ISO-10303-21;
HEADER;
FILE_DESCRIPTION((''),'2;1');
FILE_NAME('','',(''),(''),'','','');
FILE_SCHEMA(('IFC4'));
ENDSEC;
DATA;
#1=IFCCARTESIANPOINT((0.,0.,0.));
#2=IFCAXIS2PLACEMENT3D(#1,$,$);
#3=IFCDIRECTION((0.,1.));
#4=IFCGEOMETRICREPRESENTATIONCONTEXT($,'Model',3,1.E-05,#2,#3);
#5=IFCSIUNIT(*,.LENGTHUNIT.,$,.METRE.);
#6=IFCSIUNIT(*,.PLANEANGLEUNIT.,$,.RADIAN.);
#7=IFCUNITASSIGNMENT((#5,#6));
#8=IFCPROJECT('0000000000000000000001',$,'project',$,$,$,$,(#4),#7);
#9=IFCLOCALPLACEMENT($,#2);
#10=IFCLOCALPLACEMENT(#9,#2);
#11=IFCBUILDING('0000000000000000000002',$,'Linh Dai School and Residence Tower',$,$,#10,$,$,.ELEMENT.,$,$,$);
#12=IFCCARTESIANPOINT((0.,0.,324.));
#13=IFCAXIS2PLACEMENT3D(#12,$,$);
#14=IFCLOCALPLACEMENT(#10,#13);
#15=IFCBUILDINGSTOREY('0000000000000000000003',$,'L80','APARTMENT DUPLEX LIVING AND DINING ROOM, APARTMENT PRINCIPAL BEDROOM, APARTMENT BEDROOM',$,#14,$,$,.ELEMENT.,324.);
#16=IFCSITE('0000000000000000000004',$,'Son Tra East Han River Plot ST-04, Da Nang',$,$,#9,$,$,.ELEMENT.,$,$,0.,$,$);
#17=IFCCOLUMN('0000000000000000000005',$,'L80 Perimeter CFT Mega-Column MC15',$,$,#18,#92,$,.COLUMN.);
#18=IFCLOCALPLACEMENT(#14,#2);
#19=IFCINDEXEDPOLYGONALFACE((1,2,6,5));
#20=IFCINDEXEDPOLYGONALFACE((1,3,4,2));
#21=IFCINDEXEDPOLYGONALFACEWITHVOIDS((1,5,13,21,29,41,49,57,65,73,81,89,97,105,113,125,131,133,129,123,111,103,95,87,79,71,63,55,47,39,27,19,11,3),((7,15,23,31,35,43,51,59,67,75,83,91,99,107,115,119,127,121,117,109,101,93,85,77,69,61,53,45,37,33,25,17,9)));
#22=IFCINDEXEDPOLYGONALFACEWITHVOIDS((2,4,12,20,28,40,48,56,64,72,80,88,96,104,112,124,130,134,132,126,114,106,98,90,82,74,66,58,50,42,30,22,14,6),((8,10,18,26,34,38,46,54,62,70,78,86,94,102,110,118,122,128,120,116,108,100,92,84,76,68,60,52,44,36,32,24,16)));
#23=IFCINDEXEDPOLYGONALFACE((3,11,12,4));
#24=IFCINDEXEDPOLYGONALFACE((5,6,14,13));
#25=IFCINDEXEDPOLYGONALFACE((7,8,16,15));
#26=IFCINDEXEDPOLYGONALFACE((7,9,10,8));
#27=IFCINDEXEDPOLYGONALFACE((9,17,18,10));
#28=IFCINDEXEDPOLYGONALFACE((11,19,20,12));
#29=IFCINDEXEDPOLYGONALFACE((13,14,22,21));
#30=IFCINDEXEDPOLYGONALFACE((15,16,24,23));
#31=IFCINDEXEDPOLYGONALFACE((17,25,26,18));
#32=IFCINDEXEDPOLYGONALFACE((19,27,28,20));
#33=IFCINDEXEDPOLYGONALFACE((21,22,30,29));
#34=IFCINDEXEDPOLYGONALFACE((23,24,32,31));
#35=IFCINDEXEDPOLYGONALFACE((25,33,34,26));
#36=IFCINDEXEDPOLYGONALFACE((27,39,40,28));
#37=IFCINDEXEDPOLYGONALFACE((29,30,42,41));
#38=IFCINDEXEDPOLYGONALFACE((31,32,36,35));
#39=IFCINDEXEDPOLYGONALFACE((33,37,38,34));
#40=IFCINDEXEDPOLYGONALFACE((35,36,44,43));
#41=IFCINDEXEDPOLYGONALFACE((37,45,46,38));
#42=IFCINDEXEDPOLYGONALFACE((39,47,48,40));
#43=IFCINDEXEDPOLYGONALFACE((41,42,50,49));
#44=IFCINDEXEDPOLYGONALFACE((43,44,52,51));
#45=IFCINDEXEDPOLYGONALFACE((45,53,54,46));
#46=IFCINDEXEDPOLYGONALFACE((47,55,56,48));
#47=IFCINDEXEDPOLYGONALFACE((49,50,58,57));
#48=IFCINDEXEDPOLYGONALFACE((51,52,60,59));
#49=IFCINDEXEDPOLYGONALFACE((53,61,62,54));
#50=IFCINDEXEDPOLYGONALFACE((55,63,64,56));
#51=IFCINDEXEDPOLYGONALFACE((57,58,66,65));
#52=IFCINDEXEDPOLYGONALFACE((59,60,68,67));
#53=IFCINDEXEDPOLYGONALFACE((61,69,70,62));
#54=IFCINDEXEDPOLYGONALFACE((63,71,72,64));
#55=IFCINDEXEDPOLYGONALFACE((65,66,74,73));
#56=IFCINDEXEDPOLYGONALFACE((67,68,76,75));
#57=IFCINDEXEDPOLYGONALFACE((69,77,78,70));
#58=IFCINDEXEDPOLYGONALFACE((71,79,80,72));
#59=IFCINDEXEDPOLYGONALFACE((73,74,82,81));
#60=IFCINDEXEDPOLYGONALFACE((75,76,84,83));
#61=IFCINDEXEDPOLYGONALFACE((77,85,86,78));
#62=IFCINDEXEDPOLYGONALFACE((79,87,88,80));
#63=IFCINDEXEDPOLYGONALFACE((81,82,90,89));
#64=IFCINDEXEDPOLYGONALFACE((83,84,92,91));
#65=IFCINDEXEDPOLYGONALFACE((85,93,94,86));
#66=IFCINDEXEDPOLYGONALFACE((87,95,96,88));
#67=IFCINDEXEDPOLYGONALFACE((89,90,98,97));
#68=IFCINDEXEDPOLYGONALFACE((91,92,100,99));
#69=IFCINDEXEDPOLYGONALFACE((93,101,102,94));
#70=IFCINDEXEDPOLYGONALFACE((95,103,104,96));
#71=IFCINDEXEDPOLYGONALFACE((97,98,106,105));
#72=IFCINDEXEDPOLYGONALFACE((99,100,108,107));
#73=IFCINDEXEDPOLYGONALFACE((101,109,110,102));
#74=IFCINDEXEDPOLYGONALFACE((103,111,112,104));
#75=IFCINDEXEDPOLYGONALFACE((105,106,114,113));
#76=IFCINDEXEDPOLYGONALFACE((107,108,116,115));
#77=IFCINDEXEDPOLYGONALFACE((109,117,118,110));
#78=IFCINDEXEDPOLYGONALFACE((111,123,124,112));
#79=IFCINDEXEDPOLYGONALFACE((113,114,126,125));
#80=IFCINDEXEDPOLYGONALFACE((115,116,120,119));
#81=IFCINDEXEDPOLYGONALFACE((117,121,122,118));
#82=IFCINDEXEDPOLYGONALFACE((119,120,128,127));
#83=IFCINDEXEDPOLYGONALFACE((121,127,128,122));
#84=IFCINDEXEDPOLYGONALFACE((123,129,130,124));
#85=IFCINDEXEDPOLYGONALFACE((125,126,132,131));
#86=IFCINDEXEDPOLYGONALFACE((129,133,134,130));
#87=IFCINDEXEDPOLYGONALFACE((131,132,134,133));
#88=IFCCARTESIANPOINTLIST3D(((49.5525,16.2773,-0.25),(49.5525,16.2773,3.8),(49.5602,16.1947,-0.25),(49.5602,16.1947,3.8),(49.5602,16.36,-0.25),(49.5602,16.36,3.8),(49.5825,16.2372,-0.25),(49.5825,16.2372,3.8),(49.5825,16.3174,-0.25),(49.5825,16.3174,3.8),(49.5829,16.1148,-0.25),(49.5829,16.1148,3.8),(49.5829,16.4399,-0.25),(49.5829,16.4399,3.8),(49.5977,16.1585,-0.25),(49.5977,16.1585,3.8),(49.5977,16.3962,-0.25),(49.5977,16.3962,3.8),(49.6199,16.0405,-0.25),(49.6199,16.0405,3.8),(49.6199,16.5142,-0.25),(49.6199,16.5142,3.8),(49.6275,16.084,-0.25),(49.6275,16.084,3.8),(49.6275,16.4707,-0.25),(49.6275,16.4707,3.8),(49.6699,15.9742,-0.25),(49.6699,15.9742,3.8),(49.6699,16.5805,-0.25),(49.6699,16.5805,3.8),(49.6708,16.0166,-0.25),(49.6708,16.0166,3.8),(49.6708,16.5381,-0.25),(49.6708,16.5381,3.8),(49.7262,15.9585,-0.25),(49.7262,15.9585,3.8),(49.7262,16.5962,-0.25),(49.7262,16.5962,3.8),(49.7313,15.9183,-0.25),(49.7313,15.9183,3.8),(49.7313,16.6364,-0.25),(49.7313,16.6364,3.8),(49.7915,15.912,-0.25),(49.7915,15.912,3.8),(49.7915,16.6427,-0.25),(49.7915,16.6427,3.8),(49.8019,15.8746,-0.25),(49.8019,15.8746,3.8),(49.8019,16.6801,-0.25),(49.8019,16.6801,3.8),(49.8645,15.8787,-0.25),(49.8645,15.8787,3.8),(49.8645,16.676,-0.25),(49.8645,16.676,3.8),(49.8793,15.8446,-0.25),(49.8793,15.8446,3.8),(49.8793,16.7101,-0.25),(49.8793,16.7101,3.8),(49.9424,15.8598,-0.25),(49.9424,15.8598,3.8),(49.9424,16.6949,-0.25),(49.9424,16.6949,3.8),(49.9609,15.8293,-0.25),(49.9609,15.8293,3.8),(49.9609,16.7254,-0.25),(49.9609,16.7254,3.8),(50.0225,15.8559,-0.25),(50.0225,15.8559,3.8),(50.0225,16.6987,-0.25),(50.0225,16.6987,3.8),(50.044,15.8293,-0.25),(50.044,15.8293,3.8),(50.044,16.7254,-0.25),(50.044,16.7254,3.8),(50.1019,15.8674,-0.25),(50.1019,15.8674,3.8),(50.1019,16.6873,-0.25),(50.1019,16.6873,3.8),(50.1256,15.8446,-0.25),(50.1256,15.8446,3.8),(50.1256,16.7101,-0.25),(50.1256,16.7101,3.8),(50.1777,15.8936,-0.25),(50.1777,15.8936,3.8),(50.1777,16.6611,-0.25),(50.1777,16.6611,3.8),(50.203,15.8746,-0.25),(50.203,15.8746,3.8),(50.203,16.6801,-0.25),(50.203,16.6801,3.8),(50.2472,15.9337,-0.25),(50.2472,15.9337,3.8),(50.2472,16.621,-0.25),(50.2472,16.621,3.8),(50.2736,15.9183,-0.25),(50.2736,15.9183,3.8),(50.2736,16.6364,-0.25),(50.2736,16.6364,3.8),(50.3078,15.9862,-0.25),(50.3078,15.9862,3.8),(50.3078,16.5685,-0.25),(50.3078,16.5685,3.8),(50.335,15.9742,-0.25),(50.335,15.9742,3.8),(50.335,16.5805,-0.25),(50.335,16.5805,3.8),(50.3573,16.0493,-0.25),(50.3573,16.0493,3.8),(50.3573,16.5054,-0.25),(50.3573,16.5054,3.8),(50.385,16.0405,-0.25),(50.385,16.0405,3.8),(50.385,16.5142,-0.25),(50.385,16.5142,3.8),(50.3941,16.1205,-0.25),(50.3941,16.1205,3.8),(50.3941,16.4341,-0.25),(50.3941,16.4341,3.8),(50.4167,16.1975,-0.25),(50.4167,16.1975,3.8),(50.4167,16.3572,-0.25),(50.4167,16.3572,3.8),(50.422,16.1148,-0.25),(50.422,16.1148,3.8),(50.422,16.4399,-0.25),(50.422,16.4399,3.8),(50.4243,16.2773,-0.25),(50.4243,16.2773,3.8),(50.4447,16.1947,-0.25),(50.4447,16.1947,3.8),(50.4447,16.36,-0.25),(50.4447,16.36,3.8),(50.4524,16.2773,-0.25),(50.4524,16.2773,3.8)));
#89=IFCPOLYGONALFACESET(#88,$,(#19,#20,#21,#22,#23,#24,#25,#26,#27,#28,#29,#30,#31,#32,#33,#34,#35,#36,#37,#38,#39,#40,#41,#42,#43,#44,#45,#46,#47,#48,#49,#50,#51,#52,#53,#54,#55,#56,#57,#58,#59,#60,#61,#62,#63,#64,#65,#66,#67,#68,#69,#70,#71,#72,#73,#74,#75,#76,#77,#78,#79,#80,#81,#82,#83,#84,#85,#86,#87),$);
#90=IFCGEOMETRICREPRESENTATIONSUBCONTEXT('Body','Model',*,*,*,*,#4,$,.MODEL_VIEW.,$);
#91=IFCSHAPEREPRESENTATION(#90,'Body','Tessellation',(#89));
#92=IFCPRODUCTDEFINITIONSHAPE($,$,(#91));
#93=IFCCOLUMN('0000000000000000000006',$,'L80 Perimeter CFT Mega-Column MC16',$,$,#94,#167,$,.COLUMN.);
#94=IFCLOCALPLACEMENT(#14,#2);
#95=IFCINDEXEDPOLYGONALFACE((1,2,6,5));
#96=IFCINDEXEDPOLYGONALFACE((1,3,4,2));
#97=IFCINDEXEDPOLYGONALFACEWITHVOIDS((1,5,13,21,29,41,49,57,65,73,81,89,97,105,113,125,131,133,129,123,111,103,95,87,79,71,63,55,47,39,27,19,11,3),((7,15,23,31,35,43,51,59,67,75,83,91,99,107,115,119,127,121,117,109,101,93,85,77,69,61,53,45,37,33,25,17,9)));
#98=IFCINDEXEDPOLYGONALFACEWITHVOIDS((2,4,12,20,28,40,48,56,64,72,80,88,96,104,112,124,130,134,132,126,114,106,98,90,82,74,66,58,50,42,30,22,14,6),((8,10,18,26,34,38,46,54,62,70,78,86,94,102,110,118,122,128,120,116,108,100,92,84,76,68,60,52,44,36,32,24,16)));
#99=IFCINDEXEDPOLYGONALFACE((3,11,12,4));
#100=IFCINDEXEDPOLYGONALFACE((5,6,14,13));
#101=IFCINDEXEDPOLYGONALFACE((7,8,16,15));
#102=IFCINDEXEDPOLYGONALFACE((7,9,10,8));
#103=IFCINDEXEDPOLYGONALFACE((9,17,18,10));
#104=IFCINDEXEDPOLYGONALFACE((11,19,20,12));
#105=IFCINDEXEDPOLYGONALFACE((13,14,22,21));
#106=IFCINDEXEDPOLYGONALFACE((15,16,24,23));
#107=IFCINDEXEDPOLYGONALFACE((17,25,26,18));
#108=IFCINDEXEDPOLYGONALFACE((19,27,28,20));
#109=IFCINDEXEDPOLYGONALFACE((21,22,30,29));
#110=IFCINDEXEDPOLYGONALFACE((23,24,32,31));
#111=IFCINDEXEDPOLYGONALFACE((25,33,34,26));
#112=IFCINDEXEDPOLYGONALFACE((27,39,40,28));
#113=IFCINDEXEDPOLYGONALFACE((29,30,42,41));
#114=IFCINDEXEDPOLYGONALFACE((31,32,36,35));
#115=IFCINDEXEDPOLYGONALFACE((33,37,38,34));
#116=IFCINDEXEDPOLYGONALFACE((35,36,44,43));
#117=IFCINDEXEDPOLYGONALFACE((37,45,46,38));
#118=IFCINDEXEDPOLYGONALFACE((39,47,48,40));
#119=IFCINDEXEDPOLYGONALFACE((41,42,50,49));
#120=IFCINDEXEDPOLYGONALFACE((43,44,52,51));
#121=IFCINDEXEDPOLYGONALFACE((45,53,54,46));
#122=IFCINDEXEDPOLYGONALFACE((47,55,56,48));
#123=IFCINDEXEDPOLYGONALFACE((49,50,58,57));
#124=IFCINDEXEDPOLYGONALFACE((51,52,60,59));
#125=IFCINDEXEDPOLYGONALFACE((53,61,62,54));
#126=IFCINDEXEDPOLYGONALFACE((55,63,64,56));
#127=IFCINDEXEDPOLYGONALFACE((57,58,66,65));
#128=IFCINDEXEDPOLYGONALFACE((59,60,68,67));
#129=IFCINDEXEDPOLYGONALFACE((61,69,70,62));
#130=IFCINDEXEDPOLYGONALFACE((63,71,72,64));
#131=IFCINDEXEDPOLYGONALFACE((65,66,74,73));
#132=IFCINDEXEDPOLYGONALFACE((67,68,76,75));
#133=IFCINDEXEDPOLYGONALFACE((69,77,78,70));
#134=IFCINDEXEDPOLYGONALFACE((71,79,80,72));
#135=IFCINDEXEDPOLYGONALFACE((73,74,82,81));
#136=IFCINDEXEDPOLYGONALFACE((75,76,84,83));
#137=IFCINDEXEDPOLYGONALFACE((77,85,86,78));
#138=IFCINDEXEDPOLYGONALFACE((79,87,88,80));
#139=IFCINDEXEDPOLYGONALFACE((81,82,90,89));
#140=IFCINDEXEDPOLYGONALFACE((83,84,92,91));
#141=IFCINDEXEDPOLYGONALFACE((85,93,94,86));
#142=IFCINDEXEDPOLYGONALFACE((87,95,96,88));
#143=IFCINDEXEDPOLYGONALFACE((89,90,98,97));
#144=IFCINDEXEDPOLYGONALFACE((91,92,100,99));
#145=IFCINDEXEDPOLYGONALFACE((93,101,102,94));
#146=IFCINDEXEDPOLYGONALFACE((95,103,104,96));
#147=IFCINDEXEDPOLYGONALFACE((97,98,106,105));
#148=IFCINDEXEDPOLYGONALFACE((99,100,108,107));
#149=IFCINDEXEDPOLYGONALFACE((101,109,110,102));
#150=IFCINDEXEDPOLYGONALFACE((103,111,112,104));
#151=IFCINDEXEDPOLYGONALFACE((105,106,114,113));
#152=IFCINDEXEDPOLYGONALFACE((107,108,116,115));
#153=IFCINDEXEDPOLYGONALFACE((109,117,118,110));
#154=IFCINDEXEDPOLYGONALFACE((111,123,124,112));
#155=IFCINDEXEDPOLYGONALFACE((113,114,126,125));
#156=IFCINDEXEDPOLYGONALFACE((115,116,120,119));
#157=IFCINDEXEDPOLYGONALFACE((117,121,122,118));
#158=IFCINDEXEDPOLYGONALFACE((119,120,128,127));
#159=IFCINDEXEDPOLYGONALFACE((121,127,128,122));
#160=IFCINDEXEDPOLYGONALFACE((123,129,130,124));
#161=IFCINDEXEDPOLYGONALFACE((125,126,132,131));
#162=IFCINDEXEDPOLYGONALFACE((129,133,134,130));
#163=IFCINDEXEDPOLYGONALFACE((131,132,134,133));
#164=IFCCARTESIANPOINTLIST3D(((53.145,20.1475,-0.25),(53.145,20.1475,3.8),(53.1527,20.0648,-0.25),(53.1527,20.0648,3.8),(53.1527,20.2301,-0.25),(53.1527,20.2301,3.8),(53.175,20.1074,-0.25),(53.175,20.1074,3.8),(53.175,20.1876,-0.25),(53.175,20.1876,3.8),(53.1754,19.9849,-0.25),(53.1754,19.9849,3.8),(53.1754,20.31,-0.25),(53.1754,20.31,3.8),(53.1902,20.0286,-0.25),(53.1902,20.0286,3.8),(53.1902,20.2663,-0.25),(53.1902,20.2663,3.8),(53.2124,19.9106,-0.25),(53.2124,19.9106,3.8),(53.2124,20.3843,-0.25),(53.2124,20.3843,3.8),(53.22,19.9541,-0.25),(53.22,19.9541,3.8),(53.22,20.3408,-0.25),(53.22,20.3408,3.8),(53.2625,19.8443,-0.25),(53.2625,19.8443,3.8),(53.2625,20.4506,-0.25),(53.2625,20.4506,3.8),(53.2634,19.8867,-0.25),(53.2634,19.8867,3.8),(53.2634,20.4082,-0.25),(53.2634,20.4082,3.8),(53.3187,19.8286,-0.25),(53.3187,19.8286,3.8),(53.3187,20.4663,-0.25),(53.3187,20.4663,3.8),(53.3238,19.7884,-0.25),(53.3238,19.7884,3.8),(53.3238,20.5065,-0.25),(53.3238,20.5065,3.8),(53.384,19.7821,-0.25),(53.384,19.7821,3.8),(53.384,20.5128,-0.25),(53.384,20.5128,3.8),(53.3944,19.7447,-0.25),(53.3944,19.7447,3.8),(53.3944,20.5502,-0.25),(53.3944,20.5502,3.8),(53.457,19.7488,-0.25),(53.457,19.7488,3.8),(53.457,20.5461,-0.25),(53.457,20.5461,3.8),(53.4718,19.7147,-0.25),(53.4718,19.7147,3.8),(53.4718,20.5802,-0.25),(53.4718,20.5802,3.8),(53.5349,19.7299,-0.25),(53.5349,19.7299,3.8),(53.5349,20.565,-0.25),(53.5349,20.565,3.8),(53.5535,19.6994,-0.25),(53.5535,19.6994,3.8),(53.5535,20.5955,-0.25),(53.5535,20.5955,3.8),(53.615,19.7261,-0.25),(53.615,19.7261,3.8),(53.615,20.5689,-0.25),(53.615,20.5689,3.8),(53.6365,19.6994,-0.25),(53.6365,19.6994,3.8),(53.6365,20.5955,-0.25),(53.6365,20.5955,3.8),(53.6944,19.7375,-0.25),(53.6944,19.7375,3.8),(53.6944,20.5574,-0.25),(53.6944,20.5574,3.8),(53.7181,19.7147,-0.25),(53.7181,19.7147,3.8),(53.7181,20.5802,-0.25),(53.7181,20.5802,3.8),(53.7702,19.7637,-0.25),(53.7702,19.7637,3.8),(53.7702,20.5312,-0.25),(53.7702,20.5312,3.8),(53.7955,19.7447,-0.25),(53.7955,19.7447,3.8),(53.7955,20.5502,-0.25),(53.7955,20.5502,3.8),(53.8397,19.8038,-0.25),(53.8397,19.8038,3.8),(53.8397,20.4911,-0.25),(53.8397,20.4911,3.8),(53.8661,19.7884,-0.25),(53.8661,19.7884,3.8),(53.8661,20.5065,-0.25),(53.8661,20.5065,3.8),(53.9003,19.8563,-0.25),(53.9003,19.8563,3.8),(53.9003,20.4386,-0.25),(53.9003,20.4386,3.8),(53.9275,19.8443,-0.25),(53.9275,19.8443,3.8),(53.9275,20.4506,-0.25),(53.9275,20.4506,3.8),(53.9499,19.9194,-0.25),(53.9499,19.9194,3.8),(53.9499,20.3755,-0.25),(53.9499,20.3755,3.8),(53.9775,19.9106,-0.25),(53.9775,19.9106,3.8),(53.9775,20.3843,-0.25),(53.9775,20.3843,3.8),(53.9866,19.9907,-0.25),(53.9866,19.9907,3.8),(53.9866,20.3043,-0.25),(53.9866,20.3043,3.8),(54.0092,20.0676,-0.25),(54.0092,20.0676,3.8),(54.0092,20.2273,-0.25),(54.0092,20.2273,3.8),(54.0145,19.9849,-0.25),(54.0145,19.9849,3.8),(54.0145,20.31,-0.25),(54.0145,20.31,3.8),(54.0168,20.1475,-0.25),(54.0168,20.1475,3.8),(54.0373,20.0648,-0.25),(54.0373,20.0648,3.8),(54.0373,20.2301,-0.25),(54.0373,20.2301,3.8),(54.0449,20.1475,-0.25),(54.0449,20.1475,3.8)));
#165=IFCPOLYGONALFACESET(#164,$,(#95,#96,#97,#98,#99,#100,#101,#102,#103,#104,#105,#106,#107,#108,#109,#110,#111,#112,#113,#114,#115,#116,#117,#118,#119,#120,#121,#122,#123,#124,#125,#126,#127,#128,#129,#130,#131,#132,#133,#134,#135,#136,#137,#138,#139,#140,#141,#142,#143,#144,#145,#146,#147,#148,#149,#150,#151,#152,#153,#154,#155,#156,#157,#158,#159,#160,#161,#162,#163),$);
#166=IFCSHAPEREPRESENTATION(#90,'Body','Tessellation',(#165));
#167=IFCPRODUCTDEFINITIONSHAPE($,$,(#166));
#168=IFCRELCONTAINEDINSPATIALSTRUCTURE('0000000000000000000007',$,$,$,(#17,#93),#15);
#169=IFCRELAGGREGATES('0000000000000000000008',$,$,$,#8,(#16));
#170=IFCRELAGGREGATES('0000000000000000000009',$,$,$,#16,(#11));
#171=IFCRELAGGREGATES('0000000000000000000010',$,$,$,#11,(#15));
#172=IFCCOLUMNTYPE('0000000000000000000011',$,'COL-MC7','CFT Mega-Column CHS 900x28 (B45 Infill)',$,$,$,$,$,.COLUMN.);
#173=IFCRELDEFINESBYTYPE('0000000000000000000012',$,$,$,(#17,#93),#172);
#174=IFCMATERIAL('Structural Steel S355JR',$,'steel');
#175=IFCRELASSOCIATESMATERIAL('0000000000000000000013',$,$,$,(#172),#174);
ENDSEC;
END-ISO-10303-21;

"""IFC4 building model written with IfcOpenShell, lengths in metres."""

from ifc_helpers import new_model, si_unit, direction, frame, origin, origin_2d, place, context, subcontext, project, spatial, hollow_circle, extrude, material, material_profile, profile_set, type_object, element, save


model = new_model("IFC4")

# Units and contexts
model_context = context("Model", 3, precision=1e-05, world=origin(), true_north=direction((0.0, 1.0)))
body_context = subcontext(model_context, "Body", "Model", "MODEL_VIEW")
ifc_project = project(units=[si_unit("LENGTHUNIT", "METRE"), si_unit("PLANEANGLEUNIT", "RADIAN")], contexts=[model_context])

# Site, building, storey
site_placement = place(None, origin())
site = spatial("IfcSite", under=ifc_project, at=site_placement, Name="Son Tra East Han River Plot ST-04, Da Nang", CompositionType="ELEMENT", RefElevation=0.0)
building_placement = place(site_placement, origin())
building = spatial("IfcBuilding", under=site, at=building_placement, Name="Linh Dai School and Residence Tower", CompositionType="ELEMENT")
storey_placement = place(building_placement, frame((0.0, 0.0, 324.0)))
storey = spatial("IfcBuildingStorey", under=building, at=storey_placement, Name="L80", Description="APARTMENT DUPLEX LIVING AND DINING ROOM, APARTMENT PRINCIPAL BEDROOM, APARTMENT BEDROOM", CompositionType="ELEMENT", Elevation=324.0)

# Columns
ifc_material_1 = material(Name="Structural Steel S355JR", Category="steel")
ifc_material_profile_1 = material_profile(ifc_material_1, hollow_circle(Radius=0.45, WallThickness=0.0281, at=origin_2d()), Name="CHS 900x28")
ifc_profile_set_1 = profile_set([ifc_material_profile_1], Name="Structural Steel S355JR")
column_type = type_object("IfcColumnType", Name="COL-MC7", Description="CFT Mega-Column CHS 900x28 (B45 Infill)", PredefinedType="COLUMN", material=ifc_profile_set_1)
for number, where, z_axis, x_axis, name in (
    (1, (50.0024, 16.2773, -0.25), (0.0, 0.0, 1.0), (1.0, 0.0, 0.0), "L80 Perimeter CFT Mega-Column MC15"),
    (2, (53.595, 20.1475, -0.25), (0.0, 0.0, 1.0), (1.0, 0.0, 0.0), "L80 Perimeter CFT Mega-Column MC16"),
):
    element("IfcColumn", number, at=place(storey_placement, frame(where, z_axis=z_axis, x_axis=x_axis)), inside=storey, type_object=column_type, Name=name, PredefinedType="COLUMN", context=body_context, shape_type="SweptSolid", body=[
        extrude(hollow_circle(Radius=0.45, WallThickness=0.0281, at=origin_2d()), origin(), (0.0, 0.0, 1.0), 4.05),
    ])

save(model, "model.ifc")
